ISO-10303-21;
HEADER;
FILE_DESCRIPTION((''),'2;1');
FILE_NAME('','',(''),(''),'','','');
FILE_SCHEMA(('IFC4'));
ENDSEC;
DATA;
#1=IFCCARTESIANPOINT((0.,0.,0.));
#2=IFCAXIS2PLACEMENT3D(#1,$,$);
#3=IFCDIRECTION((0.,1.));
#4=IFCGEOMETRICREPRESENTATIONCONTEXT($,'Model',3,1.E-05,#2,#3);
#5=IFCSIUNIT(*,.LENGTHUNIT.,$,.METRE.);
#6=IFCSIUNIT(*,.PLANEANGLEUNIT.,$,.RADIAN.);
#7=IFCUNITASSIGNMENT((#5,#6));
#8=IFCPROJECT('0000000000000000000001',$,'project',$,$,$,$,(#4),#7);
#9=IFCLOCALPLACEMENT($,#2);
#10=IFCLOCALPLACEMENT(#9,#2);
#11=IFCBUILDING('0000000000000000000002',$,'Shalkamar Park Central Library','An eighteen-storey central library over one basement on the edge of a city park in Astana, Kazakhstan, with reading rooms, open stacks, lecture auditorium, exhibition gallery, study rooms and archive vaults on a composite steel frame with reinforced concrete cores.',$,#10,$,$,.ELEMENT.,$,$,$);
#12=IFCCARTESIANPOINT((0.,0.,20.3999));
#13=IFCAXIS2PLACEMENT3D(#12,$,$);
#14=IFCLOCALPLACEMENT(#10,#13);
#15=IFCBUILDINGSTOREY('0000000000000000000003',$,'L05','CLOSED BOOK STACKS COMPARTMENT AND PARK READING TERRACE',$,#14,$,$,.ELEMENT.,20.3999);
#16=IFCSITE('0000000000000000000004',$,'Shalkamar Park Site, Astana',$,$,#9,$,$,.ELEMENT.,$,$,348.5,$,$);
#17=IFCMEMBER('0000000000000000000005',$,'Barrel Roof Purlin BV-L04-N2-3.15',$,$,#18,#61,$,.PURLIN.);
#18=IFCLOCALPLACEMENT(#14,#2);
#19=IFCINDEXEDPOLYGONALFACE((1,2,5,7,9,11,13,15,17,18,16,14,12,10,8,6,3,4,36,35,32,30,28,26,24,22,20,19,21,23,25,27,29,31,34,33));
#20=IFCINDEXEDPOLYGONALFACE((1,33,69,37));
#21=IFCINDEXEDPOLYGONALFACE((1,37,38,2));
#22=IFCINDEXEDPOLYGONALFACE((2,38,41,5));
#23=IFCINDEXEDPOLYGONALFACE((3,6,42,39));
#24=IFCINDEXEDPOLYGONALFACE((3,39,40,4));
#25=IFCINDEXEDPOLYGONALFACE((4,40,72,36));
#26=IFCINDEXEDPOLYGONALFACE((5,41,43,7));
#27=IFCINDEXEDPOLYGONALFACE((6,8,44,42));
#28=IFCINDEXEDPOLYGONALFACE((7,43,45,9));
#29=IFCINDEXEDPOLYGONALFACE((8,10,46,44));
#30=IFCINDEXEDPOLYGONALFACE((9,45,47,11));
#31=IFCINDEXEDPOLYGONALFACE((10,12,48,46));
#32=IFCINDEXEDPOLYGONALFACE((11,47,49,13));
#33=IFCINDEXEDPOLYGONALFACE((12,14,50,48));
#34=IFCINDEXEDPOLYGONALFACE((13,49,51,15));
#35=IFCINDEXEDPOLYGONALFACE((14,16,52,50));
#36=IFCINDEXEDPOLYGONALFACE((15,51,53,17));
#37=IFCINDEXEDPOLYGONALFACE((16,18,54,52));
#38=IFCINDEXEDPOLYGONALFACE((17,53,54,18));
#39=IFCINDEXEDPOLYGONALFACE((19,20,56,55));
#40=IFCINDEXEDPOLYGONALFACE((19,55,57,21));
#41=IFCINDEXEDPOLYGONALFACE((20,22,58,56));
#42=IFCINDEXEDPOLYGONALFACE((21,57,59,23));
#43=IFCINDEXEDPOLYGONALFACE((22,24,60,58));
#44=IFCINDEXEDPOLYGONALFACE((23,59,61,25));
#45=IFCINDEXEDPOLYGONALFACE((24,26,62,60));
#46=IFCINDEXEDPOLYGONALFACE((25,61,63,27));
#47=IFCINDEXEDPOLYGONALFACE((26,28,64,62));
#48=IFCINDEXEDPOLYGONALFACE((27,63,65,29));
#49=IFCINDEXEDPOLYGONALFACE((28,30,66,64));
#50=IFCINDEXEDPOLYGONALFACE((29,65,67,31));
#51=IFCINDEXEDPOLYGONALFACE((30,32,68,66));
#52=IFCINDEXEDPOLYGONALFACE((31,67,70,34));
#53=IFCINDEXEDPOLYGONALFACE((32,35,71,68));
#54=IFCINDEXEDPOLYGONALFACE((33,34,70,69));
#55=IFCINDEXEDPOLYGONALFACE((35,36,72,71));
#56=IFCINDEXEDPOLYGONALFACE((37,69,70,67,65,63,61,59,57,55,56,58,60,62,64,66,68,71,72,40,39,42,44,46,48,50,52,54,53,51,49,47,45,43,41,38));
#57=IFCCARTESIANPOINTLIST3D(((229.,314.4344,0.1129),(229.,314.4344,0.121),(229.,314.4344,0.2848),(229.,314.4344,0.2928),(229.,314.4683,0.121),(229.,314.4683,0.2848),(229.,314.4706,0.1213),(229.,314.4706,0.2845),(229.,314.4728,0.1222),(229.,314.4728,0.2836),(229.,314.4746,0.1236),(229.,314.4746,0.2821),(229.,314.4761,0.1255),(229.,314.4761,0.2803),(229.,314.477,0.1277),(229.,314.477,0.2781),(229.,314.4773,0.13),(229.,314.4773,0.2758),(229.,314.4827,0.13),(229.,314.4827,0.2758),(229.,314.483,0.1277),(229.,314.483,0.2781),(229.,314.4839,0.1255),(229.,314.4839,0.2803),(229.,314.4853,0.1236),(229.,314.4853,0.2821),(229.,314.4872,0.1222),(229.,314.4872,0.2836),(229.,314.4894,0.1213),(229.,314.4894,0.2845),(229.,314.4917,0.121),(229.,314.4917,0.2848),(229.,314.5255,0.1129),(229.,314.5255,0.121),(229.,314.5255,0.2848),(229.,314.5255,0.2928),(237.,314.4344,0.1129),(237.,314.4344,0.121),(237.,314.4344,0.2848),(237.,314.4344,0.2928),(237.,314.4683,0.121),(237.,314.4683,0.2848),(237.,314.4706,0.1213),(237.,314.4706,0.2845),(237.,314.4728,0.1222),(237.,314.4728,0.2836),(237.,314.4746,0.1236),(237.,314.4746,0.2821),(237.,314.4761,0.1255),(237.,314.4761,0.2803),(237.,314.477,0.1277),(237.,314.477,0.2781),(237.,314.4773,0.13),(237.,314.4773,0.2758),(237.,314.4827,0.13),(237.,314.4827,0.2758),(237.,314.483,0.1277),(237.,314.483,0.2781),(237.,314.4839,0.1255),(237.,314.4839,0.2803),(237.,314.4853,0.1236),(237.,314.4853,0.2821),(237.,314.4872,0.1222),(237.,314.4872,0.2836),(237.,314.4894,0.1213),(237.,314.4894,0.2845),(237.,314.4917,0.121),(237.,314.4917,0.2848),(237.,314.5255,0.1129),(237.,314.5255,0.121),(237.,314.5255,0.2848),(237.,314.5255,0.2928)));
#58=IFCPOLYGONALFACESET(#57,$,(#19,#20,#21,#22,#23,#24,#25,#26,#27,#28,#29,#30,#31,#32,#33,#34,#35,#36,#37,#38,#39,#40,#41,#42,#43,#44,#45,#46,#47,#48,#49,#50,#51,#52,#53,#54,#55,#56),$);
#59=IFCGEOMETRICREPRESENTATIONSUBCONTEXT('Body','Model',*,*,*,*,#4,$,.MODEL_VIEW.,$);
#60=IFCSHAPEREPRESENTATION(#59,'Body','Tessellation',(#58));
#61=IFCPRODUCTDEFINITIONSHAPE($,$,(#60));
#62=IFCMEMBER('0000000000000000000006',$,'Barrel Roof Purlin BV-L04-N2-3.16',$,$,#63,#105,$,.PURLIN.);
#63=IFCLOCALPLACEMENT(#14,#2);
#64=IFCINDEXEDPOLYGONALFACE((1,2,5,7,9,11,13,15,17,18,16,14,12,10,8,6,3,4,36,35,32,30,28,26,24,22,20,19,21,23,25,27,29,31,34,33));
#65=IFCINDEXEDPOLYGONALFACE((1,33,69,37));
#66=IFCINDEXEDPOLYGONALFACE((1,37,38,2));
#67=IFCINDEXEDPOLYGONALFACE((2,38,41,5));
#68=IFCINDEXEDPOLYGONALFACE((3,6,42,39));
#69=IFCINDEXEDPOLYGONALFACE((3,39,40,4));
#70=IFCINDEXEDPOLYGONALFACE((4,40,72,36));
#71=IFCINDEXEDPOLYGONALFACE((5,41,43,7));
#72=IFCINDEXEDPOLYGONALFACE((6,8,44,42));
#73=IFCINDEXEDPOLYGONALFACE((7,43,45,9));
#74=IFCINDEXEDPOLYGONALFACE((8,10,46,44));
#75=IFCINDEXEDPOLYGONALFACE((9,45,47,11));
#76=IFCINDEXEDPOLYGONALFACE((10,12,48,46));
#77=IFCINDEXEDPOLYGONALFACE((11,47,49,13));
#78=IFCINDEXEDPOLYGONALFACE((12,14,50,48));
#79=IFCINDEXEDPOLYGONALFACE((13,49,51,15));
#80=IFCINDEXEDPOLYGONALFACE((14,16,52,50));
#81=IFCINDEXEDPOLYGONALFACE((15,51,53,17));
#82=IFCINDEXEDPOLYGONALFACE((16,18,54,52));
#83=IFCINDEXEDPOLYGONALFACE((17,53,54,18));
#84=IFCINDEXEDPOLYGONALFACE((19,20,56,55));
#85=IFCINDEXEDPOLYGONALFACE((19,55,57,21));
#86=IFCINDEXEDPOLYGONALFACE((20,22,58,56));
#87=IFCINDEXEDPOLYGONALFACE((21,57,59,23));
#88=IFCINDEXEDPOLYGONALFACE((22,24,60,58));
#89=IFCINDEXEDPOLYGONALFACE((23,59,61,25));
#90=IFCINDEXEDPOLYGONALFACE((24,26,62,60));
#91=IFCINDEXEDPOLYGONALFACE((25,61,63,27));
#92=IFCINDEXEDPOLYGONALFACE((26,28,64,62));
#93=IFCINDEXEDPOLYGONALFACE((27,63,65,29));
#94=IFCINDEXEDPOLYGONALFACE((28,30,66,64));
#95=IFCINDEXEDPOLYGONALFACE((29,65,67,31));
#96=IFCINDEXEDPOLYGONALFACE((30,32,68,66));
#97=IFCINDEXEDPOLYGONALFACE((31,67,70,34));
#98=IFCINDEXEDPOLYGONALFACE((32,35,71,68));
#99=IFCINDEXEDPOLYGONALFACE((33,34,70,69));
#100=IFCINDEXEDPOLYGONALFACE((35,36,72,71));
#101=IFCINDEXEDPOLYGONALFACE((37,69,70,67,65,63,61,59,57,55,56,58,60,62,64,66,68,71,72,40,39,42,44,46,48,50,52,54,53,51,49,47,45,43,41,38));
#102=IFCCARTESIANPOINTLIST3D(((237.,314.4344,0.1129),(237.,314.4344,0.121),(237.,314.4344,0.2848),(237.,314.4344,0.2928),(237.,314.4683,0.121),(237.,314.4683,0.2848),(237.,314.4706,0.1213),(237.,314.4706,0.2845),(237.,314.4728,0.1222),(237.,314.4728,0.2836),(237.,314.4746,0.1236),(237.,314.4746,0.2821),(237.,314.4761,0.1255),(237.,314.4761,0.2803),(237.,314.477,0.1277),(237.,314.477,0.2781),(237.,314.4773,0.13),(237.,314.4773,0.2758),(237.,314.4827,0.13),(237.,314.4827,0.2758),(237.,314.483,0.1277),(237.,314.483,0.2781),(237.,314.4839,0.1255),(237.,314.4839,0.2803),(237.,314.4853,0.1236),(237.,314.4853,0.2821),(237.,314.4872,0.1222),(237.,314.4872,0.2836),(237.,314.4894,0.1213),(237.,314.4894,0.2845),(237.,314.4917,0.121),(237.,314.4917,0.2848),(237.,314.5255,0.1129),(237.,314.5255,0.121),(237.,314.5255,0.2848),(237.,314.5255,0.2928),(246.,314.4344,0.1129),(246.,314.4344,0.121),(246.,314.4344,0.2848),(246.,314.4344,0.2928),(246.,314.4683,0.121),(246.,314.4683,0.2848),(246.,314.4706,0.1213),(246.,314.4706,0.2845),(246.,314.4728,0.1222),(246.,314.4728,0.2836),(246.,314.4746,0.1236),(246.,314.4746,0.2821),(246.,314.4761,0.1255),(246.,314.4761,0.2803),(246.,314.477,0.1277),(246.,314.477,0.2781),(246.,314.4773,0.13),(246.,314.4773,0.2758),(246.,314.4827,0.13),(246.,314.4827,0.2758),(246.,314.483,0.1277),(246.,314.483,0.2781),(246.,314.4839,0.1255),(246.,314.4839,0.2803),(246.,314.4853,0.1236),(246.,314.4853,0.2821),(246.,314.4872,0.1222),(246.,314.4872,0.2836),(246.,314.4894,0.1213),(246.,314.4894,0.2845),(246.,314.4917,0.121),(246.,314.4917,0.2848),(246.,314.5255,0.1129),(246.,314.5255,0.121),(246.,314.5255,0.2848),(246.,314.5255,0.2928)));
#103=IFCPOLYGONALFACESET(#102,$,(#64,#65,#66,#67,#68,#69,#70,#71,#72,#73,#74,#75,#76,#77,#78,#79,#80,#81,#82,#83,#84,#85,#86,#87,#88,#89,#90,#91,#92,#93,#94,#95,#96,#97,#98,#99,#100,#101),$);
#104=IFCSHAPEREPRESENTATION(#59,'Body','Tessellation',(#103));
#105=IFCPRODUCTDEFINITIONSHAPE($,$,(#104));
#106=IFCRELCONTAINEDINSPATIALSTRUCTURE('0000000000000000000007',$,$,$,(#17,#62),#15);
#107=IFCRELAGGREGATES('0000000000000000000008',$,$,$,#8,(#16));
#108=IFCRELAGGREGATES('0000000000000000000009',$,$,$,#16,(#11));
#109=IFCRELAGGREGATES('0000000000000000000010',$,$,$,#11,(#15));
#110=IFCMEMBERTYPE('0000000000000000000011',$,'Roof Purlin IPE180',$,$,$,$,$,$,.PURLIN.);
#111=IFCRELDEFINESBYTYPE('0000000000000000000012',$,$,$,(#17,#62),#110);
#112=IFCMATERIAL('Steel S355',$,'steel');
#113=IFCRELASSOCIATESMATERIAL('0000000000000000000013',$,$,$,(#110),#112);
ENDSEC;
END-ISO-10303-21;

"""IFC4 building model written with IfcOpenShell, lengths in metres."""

from ifc_helpers import new_model, si_unit, direction, frame, origin, origin_2d, place, context, subcontext, project, spatial, i_section, extrude, material, material_profile, profile_set, type_object, element, save


model = new_model("IFC4")

# Units and contexts
model_context = context("Model", 3, precision=1e-05, world=origin(), true_north=direction((0.0, 1.0)))
body_context = subcontext(model_context, "Body", "Model", "MODEL_VIEW")
ifc_project = project(units=[si_unit("LENGTHUNIT", "METRE"), si_unit("PLANEANGLEUNIT", "RADIAN")], contexts=[model_context])

# Site, building, storey
site_placement = place(None, origin())
site = spatial("IfcSite", under=ifc_project, at=site_placement, Name="Shalkamar Park Site, Astana", CompositionType="ELEMENT", RefElevation=348.5)
building_placement = place(site_placement, origin())
building = spatial("IfcBuilding", under=site, at=building_placement, Name="Shalkamar Park Central Library", Description="An eighteen-storey central library over one basement on the edge of a city park in Astana, Kazakhstan, with reading rooms, open stacks, lecture auditorium, exhibition gallery, study rooms and archive vaults on a composite steel frame with reinforced concrete cores.", CompositionType="ELEMENT")
storey_placement = place(building_placement, frame((0.0, 0.0, 20.3999)))
storey = spatial("IfcBuildingStorey", under=building, at=storey_placement, Name="L05", Description="CLOSED BOOK STACKS COMPARTMENT AND PARK READING TERRACE", CompositionType="ELEMENT", Elevation=20.3999)

# Members
ifc_material = material(Name="Steel S355", Category="steel")
ifc_material_profile_1 = material_profile(ifc_material, i_section(OverallWidth=0.0911, OverallDepth=0.1799, WebThickness=0.0054, FlangeThickness=0.0081, FilletRadius=0.009, at=origin_2d()), Name="IPE 180")
ifc_profile_set_1 = profile_set([ifc_material_profile_1], Name="Steel S355")
member_type_1 = type_object("IfcMemberType", Name="Roof Purlin IPE180", PredefinedType="PURLIN", material=ifc_profile_set_1)
member_1_placement = place(storey_placement, frame((229.0, 314.48, 0.2029), z_axis=(1.0, 0.0, 0.0), x_axis=(0.0, 1.0, 0.0)))
element("IfcMember", 1, at=member_1_placement, inside=storey, type_object=member_type_1, Name="Barrel Roof Purlin BV-L04-N2-3.15", PredefinedType="PURLIN", context=body_context, shape_type="SweptSolid", body=[
    extrude(i_section(OverallWidth=0.0911, OverallDepth=0.1799, WebThickness=0.0054, FlangeThickness=0.0081, FilletRadius=0.009, at=origin_2d()), origin(), (0.0, 0.0, 1.0), 8.0),
])
member_2_placement = place(storey_placement, frame((237.0, 314.48, 0.2029), z_axis=(1.0, 0.0, 0.0), x_axis=(0.0, 1.0, 0.0)))
element("IfcMember", 2, at=member_2_placement, inside=storey, type_object=member_type_1, Name="Barrel Roof Purlin BV-L04-N2-3.16", PredefinedType="PURLIN", context=body_context, shape_type="SweptSolid", body=[
    extrude(i_section(OverallWidth=0.0911, OverallDepth=0.1799, WebThickness=0.0054, FlangeThickness=0.0081, FilletRadius=0.009, at=origin_2d()), origin(), (0.0, 0.0, 1.0), 9.0),
])

save(model, "model.ifc")
